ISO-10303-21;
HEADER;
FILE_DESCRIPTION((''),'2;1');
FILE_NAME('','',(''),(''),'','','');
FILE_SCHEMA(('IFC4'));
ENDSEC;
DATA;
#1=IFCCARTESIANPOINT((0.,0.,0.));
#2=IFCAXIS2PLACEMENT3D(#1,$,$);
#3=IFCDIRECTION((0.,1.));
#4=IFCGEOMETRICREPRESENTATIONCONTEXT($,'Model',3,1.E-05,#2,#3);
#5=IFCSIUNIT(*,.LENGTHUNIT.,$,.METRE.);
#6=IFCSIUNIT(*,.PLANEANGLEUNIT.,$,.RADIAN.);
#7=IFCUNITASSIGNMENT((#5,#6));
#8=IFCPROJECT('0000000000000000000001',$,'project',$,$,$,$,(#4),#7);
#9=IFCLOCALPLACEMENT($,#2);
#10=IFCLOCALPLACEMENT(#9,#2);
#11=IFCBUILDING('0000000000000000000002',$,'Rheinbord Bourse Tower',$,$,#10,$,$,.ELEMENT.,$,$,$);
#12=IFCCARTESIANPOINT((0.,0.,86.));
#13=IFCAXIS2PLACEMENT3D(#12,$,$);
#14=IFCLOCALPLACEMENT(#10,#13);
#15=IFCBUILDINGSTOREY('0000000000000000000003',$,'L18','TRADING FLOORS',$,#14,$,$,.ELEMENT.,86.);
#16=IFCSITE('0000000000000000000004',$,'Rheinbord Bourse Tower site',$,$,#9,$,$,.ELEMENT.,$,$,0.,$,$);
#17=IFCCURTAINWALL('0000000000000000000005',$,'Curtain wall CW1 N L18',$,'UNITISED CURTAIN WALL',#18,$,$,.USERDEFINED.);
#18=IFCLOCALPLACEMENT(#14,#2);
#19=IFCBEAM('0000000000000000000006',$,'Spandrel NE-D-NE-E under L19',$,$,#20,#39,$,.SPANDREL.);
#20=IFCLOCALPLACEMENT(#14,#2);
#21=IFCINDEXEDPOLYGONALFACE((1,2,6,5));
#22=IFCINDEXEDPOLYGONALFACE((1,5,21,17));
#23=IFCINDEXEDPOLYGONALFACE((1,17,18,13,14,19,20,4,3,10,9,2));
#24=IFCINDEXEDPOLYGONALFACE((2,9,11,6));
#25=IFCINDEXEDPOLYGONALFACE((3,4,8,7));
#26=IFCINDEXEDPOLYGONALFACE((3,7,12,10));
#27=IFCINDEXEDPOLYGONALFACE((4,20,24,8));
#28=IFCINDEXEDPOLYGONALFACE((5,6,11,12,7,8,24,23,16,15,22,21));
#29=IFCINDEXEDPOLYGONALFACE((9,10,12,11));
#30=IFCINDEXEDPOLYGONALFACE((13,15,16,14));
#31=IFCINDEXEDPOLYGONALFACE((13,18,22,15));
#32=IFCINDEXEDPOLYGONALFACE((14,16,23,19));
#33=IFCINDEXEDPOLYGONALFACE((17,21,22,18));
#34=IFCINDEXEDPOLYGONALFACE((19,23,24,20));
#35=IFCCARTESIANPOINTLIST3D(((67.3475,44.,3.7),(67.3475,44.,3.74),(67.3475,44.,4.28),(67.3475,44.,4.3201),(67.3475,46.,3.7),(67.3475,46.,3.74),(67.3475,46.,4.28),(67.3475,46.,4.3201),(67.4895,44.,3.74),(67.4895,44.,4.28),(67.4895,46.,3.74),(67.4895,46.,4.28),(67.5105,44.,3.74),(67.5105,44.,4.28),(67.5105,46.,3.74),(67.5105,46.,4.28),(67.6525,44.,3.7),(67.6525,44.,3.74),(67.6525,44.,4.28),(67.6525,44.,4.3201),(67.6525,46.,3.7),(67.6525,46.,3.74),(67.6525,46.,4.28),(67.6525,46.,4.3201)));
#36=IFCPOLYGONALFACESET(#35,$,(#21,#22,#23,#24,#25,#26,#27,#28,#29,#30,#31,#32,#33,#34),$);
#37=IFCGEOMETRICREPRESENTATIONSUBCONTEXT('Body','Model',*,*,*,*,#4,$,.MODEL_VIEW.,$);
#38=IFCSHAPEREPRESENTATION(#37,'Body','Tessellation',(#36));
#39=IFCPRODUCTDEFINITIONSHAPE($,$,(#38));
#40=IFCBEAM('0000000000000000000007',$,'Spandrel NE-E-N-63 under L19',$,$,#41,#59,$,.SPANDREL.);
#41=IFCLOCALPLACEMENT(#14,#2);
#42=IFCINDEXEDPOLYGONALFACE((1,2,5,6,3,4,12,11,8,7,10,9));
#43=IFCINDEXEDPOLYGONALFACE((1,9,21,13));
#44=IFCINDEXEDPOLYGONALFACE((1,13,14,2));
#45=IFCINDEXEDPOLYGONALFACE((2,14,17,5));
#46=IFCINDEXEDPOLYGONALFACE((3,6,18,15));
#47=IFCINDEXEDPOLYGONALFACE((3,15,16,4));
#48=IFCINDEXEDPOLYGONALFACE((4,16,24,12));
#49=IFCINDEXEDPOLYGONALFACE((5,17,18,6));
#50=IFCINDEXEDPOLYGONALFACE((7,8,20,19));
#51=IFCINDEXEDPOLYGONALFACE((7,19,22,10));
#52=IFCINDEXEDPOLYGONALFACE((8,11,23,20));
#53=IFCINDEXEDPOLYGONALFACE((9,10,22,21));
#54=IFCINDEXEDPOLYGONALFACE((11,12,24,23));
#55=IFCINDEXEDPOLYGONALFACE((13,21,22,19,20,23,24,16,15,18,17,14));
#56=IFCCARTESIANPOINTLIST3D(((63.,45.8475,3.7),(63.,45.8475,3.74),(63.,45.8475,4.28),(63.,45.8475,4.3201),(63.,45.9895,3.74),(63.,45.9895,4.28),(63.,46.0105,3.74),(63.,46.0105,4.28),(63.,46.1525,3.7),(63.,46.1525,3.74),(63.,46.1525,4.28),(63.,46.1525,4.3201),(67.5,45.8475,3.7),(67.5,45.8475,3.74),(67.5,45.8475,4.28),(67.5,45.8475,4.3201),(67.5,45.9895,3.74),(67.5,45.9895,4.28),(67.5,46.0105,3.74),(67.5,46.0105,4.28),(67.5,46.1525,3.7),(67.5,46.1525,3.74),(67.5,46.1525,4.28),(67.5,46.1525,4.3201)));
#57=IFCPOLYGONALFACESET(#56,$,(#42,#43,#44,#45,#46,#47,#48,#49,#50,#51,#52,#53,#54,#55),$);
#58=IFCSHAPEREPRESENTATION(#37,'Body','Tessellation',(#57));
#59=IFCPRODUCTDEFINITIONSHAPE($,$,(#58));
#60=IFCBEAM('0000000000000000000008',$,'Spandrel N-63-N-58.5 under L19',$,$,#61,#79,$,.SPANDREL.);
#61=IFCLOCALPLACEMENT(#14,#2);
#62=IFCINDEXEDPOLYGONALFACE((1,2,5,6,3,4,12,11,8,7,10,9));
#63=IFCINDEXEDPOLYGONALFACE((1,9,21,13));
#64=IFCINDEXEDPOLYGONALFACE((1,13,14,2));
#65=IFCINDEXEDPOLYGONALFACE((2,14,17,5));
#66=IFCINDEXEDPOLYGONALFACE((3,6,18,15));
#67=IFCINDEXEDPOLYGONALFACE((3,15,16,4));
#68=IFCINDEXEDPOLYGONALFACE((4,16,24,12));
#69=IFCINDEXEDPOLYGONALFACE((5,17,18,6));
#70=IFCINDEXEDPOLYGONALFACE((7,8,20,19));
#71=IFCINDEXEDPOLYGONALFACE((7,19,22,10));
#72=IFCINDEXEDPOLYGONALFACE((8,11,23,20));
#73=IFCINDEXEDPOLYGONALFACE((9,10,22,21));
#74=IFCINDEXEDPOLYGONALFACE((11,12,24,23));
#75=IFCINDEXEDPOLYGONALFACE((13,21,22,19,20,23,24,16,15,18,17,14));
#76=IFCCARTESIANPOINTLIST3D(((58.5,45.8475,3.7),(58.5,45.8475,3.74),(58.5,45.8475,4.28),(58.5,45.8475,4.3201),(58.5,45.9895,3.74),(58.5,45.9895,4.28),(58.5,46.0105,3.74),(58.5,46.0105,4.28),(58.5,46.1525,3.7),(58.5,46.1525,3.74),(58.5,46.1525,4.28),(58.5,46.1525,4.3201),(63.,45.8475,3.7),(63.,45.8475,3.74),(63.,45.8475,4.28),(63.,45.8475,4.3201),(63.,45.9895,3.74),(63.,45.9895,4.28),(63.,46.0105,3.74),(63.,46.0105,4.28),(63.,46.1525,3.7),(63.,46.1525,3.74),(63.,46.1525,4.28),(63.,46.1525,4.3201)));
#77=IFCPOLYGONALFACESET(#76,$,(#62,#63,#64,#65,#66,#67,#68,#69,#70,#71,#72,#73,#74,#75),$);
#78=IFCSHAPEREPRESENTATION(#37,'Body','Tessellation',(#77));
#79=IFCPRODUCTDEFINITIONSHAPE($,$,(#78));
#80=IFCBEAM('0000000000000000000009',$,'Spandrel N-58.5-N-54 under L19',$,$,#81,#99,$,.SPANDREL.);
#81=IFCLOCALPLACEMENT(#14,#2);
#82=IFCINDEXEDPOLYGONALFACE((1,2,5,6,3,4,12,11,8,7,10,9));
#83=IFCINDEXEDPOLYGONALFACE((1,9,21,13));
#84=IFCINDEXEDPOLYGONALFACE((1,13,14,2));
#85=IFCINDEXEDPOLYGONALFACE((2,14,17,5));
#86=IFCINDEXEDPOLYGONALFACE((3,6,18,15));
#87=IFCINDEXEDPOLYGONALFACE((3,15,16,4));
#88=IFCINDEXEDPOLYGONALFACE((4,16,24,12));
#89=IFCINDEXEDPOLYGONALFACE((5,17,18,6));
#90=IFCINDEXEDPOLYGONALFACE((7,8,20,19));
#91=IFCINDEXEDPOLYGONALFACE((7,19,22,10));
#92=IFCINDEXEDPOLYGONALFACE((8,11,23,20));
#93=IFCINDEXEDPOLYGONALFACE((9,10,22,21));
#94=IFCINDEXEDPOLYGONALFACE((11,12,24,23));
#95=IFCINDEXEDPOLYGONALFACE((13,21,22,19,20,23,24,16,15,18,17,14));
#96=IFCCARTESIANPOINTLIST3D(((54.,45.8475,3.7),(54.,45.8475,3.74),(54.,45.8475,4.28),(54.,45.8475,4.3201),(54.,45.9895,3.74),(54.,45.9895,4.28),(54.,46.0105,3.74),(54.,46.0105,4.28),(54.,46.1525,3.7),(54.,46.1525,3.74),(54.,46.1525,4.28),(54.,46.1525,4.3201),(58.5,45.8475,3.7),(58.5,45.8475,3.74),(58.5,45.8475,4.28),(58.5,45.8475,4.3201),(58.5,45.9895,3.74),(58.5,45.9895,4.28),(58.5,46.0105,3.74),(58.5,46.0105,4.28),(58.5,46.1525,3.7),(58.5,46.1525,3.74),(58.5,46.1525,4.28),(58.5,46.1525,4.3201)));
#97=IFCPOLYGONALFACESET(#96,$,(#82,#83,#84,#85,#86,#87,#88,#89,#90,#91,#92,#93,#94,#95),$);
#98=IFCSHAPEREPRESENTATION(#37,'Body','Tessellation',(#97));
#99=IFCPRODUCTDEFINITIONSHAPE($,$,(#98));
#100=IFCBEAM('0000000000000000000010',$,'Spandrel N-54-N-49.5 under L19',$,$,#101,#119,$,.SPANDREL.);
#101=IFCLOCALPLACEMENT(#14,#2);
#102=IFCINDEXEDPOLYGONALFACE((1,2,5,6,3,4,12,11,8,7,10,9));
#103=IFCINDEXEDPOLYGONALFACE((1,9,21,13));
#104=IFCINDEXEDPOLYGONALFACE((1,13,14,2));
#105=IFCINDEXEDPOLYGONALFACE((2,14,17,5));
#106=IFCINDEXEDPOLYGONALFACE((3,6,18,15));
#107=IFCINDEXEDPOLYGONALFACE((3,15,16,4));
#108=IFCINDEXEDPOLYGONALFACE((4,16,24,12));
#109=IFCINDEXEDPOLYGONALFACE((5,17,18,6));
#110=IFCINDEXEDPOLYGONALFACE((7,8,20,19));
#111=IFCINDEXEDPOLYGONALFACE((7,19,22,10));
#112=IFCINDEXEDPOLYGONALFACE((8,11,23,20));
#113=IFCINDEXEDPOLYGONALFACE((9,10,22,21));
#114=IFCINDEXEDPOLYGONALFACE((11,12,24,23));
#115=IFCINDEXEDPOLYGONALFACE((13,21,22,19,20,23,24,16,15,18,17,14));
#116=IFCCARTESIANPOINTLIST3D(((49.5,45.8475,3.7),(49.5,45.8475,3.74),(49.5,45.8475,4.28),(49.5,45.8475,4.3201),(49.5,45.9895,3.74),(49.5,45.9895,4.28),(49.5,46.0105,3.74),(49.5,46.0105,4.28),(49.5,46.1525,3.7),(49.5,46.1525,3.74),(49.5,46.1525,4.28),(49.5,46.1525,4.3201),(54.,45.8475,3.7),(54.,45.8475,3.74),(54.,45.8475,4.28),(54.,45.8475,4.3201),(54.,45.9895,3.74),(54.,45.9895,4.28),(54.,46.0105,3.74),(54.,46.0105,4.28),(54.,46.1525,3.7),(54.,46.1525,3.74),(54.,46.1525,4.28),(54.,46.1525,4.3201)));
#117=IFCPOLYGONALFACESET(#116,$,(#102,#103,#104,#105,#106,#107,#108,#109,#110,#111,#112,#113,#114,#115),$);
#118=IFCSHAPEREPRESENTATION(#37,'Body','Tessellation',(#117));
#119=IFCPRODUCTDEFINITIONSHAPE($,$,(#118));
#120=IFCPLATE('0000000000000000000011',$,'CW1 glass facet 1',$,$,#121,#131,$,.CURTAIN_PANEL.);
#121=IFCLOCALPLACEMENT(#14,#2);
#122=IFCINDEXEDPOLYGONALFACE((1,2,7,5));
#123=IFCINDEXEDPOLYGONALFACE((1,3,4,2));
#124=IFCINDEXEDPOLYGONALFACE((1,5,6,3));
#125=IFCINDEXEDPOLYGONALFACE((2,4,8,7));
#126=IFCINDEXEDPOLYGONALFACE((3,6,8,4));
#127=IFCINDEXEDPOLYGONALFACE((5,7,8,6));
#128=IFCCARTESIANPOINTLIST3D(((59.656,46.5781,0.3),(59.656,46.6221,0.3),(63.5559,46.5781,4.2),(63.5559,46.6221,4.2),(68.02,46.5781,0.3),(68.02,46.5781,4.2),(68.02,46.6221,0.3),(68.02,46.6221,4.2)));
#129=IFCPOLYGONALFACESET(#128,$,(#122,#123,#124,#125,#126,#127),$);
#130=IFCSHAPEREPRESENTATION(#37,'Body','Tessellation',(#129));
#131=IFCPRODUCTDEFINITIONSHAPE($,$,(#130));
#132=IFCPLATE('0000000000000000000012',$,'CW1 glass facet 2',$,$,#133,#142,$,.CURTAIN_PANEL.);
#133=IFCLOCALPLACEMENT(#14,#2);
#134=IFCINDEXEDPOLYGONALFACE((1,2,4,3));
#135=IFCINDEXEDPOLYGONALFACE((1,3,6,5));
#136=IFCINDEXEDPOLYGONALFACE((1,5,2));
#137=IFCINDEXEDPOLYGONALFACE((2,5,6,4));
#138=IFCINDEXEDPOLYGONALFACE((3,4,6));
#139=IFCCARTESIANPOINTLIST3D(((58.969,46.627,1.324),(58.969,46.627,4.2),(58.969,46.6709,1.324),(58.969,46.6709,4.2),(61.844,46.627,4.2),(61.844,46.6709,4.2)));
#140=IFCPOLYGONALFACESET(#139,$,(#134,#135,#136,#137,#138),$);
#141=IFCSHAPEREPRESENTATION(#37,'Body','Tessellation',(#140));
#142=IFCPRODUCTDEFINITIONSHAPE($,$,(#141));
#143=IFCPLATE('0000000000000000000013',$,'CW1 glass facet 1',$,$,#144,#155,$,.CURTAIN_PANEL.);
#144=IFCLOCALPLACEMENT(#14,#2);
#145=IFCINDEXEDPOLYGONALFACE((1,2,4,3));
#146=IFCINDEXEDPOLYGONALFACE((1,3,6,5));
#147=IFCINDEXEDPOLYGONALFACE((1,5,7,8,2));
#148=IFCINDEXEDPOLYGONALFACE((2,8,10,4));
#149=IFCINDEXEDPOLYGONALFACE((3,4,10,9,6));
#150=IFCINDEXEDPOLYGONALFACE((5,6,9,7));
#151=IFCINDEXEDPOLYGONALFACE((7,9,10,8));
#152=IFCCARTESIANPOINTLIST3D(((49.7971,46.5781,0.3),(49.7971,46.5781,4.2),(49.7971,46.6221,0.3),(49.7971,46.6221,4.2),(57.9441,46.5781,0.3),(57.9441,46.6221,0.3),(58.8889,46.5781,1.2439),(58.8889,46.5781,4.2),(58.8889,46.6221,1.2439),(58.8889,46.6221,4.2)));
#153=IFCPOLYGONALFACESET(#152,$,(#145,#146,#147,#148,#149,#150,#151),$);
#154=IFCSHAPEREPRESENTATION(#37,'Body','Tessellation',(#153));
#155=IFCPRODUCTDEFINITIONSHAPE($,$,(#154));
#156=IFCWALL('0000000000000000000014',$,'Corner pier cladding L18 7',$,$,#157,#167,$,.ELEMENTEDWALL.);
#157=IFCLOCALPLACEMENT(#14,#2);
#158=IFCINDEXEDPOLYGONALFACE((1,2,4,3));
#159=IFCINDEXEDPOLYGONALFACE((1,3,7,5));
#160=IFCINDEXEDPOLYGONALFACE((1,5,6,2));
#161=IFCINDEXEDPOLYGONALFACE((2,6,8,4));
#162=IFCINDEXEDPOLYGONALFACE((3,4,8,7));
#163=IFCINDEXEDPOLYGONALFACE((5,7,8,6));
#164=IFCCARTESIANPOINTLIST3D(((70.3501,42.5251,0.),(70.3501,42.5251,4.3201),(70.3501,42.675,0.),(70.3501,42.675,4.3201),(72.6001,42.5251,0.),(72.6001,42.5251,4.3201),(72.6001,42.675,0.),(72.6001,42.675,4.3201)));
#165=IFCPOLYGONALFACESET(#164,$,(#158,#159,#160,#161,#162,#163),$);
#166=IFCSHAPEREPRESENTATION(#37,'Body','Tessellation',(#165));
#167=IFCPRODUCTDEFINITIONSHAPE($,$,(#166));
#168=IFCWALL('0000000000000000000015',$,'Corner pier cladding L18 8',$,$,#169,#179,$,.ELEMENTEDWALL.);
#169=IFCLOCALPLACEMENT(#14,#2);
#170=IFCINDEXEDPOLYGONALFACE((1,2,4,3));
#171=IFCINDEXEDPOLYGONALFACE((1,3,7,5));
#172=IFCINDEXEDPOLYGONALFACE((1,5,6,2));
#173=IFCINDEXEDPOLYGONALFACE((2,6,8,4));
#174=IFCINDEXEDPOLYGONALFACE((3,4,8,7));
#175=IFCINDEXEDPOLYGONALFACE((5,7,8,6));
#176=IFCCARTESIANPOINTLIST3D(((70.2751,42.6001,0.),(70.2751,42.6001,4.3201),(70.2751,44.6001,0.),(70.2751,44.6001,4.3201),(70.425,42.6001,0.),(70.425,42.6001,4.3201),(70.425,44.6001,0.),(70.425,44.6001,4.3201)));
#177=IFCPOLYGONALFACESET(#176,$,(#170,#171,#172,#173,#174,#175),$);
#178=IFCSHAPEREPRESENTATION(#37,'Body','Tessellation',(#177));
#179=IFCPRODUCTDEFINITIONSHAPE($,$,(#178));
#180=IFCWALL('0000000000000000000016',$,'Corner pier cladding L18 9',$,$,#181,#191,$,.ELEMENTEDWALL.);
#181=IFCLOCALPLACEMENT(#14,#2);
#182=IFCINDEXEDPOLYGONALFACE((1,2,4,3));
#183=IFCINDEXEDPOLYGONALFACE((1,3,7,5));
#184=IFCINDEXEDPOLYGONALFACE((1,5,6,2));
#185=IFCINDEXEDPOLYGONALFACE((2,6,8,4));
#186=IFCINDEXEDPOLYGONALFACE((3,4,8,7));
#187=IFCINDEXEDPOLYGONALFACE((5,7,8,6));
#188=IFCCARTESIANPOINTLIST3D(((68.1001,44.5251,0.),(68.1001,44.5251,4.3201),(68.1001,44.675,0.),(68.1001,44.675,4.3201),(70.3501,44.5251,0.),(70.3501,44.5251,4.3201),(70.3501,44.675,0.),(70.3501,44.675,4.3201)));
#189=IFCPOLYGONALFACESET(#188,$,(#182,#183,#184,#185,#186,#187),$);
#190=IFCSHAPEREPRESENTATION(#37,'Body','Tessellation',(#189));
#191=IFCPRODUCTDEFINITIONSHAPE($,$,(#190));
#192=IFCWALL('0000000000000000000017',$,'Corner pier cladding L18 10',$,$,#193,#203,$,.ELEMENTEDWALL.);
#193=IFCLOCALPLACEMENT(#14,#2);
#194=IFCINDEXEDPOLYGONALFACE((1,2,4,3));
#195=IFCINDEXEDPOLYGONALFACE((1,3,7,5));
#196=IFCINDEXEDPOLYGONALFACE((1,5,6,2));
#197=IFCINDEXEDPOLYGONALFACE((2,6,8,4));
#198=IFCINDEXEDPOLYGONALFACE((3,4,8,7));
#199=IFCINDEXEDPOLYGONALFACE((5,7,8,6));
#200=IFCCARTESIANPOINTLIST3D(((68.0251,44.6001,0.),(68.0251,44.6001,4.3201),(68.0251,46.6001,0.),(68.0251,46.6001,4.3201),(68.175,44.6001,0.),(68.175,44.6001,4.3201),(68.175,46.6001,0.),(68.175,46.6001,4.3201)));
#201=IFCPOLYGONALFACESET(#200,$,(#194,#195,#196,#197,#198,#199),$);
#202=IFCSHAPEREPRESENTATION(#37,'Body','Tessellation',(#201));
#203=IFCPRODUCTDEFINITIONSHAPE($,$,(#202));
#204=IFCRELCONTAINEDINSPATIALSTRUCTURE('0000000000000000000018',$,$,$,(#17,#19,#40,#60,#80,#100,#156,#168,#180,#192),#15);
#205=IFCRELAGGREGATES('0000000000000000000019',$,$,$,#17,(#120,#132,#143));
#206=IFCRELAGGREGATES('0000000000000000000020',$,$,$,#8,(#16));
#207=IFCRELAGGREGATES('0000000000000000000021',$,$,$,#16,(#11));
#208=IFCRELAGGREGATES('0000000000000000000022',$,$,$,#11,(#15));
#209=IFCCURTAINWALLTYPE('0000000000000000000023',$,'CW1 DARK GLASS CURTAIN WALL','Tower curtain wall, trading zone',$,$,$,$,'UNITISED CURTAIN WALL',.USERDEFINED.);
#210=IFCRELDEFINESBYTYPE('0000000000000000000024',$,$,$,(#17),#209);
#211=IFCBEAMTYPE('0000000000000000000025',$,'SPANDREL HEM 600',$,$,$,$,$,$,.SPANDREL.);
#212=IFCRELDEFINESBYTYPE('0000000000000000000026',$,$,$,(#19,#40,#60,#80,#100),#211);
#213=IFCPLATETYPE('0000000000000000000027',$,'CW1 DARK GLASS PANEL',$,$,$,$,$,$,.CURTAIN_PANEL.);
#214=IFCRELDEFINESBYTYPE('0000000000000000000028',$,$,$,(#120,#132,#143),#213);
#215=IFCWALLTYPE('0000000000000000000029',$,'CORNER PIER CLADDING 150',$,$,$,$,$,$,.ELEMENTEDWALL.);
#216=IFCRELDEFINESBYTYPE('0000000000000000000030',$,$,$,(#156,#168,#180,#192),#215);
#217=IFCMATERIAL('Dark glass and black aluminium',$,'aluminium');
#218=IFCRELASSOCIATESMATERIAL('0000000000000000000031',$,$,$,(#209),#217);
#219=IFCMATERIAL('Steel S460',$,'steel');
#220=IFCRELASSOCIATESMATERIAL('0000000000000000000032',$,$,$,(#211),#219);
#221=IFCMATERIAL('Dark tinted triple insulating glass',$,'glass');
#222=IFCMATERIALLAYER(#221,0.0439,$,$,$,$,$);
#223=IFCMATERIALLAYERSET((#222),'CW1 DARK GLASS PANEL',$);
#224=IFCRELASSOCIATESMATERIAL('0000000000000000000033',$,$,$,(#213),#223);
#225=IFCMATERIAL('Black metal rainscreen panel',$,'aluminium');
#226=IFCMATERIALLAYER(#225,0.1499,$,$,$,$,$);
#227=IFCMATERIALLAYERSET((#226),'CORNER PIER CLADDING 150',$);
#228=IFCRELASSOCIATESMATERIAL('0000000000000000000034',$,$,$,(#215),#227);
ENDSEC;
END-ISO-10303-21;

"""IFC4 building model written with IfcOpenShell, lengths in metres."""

from ifc_helpers import new_model, si_unit, direction, frame, frame_2d, origin, origin_2d, place, context, subcontext, project, spatial, polyline, rectangle, i_section, outline, extrude, material, layer, layer_set, material_profile, profile_set, type_object, element, aggregate, save


model = new_model("IFC4")

# Units and contexts
model_context = context("Model", 3, precision=1e-05, world=origin(), true_north=direction((0.0, 1.0)))
body_context = subcontext(model_context, "Body", "Model", "MODEL_VIEW")
ifc_project = project(units=[si_unit("LENGTHUNIT", "METRE"), si_unit("PLANEANGLEUNIT", "RADIAN")], contexts=[model_context])

# Site, building, storey
site_placement = place(None, origin())
site = spatial("IfcSite", under=ifc_project, at=site_placement, Name="Rheinbord Bourse Tower site", CompositionType="ELEMENT", RefElevation=0.0)
building_placement = place(site_placement, origin())
building = spatial("IfcBuilding", under=site, at=building_placement, Name="Rheinbord Bourse Tower", CompositionType="ELEMENT")
storey_placement = place(building_placement, frame((0.0, 0.0, 86.0)))
storey = spatial("IfcBuildingStorey", under=building, at=storey_placement, Name="L18", Description="TRADING FLOORS", CompositionType="ELEMENT", Elevation=86.0)

# Curtain wall
ifc_material_1 = material(Name="Dark glass and black aluminium", Category="aluminium")
curtain_wall_type = type_object("IfcCurtainWallType", Name="CW1 DARK GLASS CURTAIN WALL", Description="Tower curtain wall, trading zone", ElementType="UNITISED CURTAIN WALL", PredefinedType="USERDEFINED", material=ifc_material_1)
curtain_wall_1_placement = place(storey_placement, origin())
curtain_wall_1 = element("IfcCurtainWall", 1, at=curtain_wall_1_placement, inside=storey, type_object=curtain_wall_type, Name="Curtain wall CW1 N L18", ObjectType="UNITISED CURTAIN WALL", PredefinedType="USERDEFINED")

# Beams
ifc_material_2 = material(Name="Steel S460", Category="steel")
ifc_material_profile_1 = material_profile(ifc_material_2, i_section(OverallWidth=0.3049, OverallDepth=0.6201, WebThickness=0.021, FlangeThickness=0.04, at=origin_2d()), Name="HEM 600")
ifc_profile_set_1 = profile_set([ifc_material_profile_1], Name="Steel S460")
beam_type_1 = type_object("IfcBeamType", Name="SPANDREL HEM 600", PredefinedType="SPANDREL", material=ifc_profile_set_1)
beam_placement = place(storey_placement, frame((67.5, 44.0, 4.01), z_axis=(0.0, 1.0, 0.0), x_axis=(-1.0, 0.0, 0.0)))
element("IfcBeam", 2, at=beam_placement, inside=storey, type_object=beam_type_1, Name="Spandrel NE-D-NE-E under L19", PredefinedType="SPANDREL", context=body_context, shape_type="SweptSolid", body=[
    extrude(i_section(OverallWidth=0.3049, OverallDepth=0.6201, WebThickness=0.021, FlangeThickness=0.04, at=origin_2d()), origin(), (0.0, 0.0, 1.0), 2.0),
])
for number, where, z_axis, x_axis, name in (
    (3, (67.5, 46.0, 4.01), (-1.0, 0.0, 0.0), (0.0, -1.0, 0.0), "Spandrel NE-E-N-63 under L19"),
    (4, (63.0, 46.0, 4.01), (-1.0, 0.0, 0.0), (0.0, -1.0, 0.0), "Spandrel N-63-N-58.5 under L19"),
    (5, (58.5, 46.0, 4.01), (-1.0, 0.0, 0.0), (0.0, -1.0, 0.0), "Spandrel N-58.5-N-54 under L19"),
    (6, (54.0, 46.0, 4.01), (-1.0, 0.0, 0.0), (0.0, -1.0, 0.0), "Spandrel N-54-N-49.5 under L19"),
):
    element("IfcBeam", number, at=place(storey_placement, frame(where, z_axis=z_axis, x_axis=x_axis)), inside=storey, type_object=beam_type_1, Name=name, PredefinedType="SPANDREL", context=body_context, shape_type="SweptSolid", body=[
        extrude(i_section(OverallWidth=0.3049, OverallDepth=0.6201, WebThickness=0.021, FlangeThickness=0.04, at=origin_2d()), origin(), (0.0, 0.0, 1.0), 4.5),
    ])

# Plates
ifc_material_3 = material(Name="Dark tinted triple insulating glass", Category="glass")
ifc_layer_1 = layer(ifc_material_3, 0.0439)
ifc_layer_set_1 = layer_set([ifc_layer_1], Name="CW1 DARK GLASS PANEL")
plate_type = type_object("IfcPlateType", Name="CW1 DARK GLASS PANEL", PredefinedType="CURTAIN_PANEL", material=ifc_layer_set_1)
plate_1_placement = place(storey_placement, frame((68.02, 46.6221, 0.3), z_axis=(0.0, -1.0, 0.0), x_axis=(0.0, 0.0, 1.0)))
plate_1 = element("IfcPlate", 7, at=plate_1_placement, type_object=plate_type, Name="CW1 glass facet 1", PredefinedType="CURTAIN_PANEL", context=body_context, shape_type="SweptSolid", body=[
    extrude(outline(polyline([(0.0, 0.0), (3.8999, 0.0), (3.8999, 4.4641), (0.0, 8.364), (0.0, 0.0)])), origin(), (0.0, 0.0, 1.0), 0.0439),
])
plate_2_placement = place(storey_placement, frame((58.969, 46.6709, 4.2), z_axis=(0.0, -1.0, 0.0), x_axis=(0.0, 0.0, -1.0)))
plate_2 = element("IfcPlate", 8, at=plate_2_placement, type_object=plate_type, Name="CW1 glass facet 2", PredefinedType="CURTAIN_PANEL", context=body_context, shape_type="SweptSolid", body=[
    extrude(outline(polyline([(0.0, 0.0), (2.876, 0.0), (0.0, 2.875), (0.0, 0.0)])), origin(), (0.0, 0.0, 1.0), 0.0439),
])
plate_3_placement = place(storey_placement, frame((58.8889, 46.6221, 4.2), z_axis=(0.0, -1.0, 0.0), x_axis=(-1.0, 0.0, 0.0)))
plate_3 = element("IfcPlate", 9, at=plate_3_placement, type_object=plate_type, Name="CW1 glass facet 1", PredefinedType="CURTAIN_PANEL", context=body_context, shape_type="SweptSolid", body=[
    extrude(outline(polyline([(0.0, 0.0), (9.0918, 0.0), (9.0918, 3.8999), (0.9448, 3.8999), (0.0, 2.9561), (0.0, 0.0)])), origin(), (0.0, 0.0, 1.0), 0.0439),
])
aggregate(curtain_wall_1, [plate_1, plate_2, plate_3])

# Walls
ifc_material_4 = material(Name="Black metal rainscreen panel", Category="aluminium")
ifc_layer_2 = layer(ifc_material_4, 0.1499)
ifc_layer_set_2 = layer_set([ifc_layer_2], Name="CORNER PIER CLADDING 150")
wall_type = type_object("IfcWallType", Name="CORNER PIER CLADDING 150", PredefinedType="ELEMENTEDWALL", material=ifc_layer_set_2)
wall_1_placement = place(storey_placement, frame((72.6001, 42.6001, 0.0), z_axis=(0.0, 0.0, 1.0), x_axis=(-1.0, 0.0, 0.0)))
element("IfcWall", 10, at=wall_1_placement, inside=storey, type_object=wall_type, Name="Corner pier cladding L18 7", PredefinedType="ELEMENTEDWALL", context=body_context, shape_type="SweptSolid", body=[
    extrude(rectangle(XDim=2.25, YDim=0.1499, at=frame_2d((1.125, 0.0))), origin(), (0.0, 0.0, 1.0), 4.3201),
])
wall_2_placement = place(storey_placement, frame((70.3501, 42.6001, 0.0), z_axis=(0.0, 0.0, 1.0), x_axis=(0.0, 1.0, 0.0)))
element("IfcWall", 11, at=wall_2_placement, inside=storey, type_object=wall_type, Name="Corner pier cladding L18 8", PredefinedType="ELEMENTEDWALL", context=body_context, shape_type="SweptSolid", body=[
    extrude(rectangle(XDim=2.0, YDim=0.1499, at=frame_2d((1.0, 0.0))), origin(), (0.0, 0.0, 1.0), 4.3201),
])
wall_3_placement = place(storey_placement, frame((70.3501, 44.6001, 0.0), z_axis=(0.0, 0.0, 1.0), x_axis=(-1.0, 0.0, 0.0)))
element("IfcWall", 12, at=wall_3_placement, inside=storey, type_object=wall_type, Name="Corner pier cladding L18 9", PredefinedType="ELEMENTEDWALL", context=body_context, shape_type="SweptSolid", body=[
    extrude(rectangle(XDim=2.25, YDim=0.1499, at=frame_2d((1.125, 0.0))), origin(), (0.0, 0.0, 1.0), 4.3201),
])
wall_4_placement = place(storey_placement, frame((68.1001, 44.6001, 0.0), z_axis=(0.0, 0.0, 1.0), x_axis=(0.0, 1.0, 0.0)))
element("IfcWall", 13, at=wall_4_placement, inside=storey, type_object=wall_type, Name="Corner pier cladding L18 10", PredefinedType="ELEMENTEDWALL", context=body_context, shape_type="SweptSolid", body=[
    extrude(rectangle(XDim=2.0, YDim=0.1499, at=frame_2d((1.0, 0.0))), origin(), (0.0, 0.0, 1.0), 4.3201),
])

save(model, "model.ifc")
